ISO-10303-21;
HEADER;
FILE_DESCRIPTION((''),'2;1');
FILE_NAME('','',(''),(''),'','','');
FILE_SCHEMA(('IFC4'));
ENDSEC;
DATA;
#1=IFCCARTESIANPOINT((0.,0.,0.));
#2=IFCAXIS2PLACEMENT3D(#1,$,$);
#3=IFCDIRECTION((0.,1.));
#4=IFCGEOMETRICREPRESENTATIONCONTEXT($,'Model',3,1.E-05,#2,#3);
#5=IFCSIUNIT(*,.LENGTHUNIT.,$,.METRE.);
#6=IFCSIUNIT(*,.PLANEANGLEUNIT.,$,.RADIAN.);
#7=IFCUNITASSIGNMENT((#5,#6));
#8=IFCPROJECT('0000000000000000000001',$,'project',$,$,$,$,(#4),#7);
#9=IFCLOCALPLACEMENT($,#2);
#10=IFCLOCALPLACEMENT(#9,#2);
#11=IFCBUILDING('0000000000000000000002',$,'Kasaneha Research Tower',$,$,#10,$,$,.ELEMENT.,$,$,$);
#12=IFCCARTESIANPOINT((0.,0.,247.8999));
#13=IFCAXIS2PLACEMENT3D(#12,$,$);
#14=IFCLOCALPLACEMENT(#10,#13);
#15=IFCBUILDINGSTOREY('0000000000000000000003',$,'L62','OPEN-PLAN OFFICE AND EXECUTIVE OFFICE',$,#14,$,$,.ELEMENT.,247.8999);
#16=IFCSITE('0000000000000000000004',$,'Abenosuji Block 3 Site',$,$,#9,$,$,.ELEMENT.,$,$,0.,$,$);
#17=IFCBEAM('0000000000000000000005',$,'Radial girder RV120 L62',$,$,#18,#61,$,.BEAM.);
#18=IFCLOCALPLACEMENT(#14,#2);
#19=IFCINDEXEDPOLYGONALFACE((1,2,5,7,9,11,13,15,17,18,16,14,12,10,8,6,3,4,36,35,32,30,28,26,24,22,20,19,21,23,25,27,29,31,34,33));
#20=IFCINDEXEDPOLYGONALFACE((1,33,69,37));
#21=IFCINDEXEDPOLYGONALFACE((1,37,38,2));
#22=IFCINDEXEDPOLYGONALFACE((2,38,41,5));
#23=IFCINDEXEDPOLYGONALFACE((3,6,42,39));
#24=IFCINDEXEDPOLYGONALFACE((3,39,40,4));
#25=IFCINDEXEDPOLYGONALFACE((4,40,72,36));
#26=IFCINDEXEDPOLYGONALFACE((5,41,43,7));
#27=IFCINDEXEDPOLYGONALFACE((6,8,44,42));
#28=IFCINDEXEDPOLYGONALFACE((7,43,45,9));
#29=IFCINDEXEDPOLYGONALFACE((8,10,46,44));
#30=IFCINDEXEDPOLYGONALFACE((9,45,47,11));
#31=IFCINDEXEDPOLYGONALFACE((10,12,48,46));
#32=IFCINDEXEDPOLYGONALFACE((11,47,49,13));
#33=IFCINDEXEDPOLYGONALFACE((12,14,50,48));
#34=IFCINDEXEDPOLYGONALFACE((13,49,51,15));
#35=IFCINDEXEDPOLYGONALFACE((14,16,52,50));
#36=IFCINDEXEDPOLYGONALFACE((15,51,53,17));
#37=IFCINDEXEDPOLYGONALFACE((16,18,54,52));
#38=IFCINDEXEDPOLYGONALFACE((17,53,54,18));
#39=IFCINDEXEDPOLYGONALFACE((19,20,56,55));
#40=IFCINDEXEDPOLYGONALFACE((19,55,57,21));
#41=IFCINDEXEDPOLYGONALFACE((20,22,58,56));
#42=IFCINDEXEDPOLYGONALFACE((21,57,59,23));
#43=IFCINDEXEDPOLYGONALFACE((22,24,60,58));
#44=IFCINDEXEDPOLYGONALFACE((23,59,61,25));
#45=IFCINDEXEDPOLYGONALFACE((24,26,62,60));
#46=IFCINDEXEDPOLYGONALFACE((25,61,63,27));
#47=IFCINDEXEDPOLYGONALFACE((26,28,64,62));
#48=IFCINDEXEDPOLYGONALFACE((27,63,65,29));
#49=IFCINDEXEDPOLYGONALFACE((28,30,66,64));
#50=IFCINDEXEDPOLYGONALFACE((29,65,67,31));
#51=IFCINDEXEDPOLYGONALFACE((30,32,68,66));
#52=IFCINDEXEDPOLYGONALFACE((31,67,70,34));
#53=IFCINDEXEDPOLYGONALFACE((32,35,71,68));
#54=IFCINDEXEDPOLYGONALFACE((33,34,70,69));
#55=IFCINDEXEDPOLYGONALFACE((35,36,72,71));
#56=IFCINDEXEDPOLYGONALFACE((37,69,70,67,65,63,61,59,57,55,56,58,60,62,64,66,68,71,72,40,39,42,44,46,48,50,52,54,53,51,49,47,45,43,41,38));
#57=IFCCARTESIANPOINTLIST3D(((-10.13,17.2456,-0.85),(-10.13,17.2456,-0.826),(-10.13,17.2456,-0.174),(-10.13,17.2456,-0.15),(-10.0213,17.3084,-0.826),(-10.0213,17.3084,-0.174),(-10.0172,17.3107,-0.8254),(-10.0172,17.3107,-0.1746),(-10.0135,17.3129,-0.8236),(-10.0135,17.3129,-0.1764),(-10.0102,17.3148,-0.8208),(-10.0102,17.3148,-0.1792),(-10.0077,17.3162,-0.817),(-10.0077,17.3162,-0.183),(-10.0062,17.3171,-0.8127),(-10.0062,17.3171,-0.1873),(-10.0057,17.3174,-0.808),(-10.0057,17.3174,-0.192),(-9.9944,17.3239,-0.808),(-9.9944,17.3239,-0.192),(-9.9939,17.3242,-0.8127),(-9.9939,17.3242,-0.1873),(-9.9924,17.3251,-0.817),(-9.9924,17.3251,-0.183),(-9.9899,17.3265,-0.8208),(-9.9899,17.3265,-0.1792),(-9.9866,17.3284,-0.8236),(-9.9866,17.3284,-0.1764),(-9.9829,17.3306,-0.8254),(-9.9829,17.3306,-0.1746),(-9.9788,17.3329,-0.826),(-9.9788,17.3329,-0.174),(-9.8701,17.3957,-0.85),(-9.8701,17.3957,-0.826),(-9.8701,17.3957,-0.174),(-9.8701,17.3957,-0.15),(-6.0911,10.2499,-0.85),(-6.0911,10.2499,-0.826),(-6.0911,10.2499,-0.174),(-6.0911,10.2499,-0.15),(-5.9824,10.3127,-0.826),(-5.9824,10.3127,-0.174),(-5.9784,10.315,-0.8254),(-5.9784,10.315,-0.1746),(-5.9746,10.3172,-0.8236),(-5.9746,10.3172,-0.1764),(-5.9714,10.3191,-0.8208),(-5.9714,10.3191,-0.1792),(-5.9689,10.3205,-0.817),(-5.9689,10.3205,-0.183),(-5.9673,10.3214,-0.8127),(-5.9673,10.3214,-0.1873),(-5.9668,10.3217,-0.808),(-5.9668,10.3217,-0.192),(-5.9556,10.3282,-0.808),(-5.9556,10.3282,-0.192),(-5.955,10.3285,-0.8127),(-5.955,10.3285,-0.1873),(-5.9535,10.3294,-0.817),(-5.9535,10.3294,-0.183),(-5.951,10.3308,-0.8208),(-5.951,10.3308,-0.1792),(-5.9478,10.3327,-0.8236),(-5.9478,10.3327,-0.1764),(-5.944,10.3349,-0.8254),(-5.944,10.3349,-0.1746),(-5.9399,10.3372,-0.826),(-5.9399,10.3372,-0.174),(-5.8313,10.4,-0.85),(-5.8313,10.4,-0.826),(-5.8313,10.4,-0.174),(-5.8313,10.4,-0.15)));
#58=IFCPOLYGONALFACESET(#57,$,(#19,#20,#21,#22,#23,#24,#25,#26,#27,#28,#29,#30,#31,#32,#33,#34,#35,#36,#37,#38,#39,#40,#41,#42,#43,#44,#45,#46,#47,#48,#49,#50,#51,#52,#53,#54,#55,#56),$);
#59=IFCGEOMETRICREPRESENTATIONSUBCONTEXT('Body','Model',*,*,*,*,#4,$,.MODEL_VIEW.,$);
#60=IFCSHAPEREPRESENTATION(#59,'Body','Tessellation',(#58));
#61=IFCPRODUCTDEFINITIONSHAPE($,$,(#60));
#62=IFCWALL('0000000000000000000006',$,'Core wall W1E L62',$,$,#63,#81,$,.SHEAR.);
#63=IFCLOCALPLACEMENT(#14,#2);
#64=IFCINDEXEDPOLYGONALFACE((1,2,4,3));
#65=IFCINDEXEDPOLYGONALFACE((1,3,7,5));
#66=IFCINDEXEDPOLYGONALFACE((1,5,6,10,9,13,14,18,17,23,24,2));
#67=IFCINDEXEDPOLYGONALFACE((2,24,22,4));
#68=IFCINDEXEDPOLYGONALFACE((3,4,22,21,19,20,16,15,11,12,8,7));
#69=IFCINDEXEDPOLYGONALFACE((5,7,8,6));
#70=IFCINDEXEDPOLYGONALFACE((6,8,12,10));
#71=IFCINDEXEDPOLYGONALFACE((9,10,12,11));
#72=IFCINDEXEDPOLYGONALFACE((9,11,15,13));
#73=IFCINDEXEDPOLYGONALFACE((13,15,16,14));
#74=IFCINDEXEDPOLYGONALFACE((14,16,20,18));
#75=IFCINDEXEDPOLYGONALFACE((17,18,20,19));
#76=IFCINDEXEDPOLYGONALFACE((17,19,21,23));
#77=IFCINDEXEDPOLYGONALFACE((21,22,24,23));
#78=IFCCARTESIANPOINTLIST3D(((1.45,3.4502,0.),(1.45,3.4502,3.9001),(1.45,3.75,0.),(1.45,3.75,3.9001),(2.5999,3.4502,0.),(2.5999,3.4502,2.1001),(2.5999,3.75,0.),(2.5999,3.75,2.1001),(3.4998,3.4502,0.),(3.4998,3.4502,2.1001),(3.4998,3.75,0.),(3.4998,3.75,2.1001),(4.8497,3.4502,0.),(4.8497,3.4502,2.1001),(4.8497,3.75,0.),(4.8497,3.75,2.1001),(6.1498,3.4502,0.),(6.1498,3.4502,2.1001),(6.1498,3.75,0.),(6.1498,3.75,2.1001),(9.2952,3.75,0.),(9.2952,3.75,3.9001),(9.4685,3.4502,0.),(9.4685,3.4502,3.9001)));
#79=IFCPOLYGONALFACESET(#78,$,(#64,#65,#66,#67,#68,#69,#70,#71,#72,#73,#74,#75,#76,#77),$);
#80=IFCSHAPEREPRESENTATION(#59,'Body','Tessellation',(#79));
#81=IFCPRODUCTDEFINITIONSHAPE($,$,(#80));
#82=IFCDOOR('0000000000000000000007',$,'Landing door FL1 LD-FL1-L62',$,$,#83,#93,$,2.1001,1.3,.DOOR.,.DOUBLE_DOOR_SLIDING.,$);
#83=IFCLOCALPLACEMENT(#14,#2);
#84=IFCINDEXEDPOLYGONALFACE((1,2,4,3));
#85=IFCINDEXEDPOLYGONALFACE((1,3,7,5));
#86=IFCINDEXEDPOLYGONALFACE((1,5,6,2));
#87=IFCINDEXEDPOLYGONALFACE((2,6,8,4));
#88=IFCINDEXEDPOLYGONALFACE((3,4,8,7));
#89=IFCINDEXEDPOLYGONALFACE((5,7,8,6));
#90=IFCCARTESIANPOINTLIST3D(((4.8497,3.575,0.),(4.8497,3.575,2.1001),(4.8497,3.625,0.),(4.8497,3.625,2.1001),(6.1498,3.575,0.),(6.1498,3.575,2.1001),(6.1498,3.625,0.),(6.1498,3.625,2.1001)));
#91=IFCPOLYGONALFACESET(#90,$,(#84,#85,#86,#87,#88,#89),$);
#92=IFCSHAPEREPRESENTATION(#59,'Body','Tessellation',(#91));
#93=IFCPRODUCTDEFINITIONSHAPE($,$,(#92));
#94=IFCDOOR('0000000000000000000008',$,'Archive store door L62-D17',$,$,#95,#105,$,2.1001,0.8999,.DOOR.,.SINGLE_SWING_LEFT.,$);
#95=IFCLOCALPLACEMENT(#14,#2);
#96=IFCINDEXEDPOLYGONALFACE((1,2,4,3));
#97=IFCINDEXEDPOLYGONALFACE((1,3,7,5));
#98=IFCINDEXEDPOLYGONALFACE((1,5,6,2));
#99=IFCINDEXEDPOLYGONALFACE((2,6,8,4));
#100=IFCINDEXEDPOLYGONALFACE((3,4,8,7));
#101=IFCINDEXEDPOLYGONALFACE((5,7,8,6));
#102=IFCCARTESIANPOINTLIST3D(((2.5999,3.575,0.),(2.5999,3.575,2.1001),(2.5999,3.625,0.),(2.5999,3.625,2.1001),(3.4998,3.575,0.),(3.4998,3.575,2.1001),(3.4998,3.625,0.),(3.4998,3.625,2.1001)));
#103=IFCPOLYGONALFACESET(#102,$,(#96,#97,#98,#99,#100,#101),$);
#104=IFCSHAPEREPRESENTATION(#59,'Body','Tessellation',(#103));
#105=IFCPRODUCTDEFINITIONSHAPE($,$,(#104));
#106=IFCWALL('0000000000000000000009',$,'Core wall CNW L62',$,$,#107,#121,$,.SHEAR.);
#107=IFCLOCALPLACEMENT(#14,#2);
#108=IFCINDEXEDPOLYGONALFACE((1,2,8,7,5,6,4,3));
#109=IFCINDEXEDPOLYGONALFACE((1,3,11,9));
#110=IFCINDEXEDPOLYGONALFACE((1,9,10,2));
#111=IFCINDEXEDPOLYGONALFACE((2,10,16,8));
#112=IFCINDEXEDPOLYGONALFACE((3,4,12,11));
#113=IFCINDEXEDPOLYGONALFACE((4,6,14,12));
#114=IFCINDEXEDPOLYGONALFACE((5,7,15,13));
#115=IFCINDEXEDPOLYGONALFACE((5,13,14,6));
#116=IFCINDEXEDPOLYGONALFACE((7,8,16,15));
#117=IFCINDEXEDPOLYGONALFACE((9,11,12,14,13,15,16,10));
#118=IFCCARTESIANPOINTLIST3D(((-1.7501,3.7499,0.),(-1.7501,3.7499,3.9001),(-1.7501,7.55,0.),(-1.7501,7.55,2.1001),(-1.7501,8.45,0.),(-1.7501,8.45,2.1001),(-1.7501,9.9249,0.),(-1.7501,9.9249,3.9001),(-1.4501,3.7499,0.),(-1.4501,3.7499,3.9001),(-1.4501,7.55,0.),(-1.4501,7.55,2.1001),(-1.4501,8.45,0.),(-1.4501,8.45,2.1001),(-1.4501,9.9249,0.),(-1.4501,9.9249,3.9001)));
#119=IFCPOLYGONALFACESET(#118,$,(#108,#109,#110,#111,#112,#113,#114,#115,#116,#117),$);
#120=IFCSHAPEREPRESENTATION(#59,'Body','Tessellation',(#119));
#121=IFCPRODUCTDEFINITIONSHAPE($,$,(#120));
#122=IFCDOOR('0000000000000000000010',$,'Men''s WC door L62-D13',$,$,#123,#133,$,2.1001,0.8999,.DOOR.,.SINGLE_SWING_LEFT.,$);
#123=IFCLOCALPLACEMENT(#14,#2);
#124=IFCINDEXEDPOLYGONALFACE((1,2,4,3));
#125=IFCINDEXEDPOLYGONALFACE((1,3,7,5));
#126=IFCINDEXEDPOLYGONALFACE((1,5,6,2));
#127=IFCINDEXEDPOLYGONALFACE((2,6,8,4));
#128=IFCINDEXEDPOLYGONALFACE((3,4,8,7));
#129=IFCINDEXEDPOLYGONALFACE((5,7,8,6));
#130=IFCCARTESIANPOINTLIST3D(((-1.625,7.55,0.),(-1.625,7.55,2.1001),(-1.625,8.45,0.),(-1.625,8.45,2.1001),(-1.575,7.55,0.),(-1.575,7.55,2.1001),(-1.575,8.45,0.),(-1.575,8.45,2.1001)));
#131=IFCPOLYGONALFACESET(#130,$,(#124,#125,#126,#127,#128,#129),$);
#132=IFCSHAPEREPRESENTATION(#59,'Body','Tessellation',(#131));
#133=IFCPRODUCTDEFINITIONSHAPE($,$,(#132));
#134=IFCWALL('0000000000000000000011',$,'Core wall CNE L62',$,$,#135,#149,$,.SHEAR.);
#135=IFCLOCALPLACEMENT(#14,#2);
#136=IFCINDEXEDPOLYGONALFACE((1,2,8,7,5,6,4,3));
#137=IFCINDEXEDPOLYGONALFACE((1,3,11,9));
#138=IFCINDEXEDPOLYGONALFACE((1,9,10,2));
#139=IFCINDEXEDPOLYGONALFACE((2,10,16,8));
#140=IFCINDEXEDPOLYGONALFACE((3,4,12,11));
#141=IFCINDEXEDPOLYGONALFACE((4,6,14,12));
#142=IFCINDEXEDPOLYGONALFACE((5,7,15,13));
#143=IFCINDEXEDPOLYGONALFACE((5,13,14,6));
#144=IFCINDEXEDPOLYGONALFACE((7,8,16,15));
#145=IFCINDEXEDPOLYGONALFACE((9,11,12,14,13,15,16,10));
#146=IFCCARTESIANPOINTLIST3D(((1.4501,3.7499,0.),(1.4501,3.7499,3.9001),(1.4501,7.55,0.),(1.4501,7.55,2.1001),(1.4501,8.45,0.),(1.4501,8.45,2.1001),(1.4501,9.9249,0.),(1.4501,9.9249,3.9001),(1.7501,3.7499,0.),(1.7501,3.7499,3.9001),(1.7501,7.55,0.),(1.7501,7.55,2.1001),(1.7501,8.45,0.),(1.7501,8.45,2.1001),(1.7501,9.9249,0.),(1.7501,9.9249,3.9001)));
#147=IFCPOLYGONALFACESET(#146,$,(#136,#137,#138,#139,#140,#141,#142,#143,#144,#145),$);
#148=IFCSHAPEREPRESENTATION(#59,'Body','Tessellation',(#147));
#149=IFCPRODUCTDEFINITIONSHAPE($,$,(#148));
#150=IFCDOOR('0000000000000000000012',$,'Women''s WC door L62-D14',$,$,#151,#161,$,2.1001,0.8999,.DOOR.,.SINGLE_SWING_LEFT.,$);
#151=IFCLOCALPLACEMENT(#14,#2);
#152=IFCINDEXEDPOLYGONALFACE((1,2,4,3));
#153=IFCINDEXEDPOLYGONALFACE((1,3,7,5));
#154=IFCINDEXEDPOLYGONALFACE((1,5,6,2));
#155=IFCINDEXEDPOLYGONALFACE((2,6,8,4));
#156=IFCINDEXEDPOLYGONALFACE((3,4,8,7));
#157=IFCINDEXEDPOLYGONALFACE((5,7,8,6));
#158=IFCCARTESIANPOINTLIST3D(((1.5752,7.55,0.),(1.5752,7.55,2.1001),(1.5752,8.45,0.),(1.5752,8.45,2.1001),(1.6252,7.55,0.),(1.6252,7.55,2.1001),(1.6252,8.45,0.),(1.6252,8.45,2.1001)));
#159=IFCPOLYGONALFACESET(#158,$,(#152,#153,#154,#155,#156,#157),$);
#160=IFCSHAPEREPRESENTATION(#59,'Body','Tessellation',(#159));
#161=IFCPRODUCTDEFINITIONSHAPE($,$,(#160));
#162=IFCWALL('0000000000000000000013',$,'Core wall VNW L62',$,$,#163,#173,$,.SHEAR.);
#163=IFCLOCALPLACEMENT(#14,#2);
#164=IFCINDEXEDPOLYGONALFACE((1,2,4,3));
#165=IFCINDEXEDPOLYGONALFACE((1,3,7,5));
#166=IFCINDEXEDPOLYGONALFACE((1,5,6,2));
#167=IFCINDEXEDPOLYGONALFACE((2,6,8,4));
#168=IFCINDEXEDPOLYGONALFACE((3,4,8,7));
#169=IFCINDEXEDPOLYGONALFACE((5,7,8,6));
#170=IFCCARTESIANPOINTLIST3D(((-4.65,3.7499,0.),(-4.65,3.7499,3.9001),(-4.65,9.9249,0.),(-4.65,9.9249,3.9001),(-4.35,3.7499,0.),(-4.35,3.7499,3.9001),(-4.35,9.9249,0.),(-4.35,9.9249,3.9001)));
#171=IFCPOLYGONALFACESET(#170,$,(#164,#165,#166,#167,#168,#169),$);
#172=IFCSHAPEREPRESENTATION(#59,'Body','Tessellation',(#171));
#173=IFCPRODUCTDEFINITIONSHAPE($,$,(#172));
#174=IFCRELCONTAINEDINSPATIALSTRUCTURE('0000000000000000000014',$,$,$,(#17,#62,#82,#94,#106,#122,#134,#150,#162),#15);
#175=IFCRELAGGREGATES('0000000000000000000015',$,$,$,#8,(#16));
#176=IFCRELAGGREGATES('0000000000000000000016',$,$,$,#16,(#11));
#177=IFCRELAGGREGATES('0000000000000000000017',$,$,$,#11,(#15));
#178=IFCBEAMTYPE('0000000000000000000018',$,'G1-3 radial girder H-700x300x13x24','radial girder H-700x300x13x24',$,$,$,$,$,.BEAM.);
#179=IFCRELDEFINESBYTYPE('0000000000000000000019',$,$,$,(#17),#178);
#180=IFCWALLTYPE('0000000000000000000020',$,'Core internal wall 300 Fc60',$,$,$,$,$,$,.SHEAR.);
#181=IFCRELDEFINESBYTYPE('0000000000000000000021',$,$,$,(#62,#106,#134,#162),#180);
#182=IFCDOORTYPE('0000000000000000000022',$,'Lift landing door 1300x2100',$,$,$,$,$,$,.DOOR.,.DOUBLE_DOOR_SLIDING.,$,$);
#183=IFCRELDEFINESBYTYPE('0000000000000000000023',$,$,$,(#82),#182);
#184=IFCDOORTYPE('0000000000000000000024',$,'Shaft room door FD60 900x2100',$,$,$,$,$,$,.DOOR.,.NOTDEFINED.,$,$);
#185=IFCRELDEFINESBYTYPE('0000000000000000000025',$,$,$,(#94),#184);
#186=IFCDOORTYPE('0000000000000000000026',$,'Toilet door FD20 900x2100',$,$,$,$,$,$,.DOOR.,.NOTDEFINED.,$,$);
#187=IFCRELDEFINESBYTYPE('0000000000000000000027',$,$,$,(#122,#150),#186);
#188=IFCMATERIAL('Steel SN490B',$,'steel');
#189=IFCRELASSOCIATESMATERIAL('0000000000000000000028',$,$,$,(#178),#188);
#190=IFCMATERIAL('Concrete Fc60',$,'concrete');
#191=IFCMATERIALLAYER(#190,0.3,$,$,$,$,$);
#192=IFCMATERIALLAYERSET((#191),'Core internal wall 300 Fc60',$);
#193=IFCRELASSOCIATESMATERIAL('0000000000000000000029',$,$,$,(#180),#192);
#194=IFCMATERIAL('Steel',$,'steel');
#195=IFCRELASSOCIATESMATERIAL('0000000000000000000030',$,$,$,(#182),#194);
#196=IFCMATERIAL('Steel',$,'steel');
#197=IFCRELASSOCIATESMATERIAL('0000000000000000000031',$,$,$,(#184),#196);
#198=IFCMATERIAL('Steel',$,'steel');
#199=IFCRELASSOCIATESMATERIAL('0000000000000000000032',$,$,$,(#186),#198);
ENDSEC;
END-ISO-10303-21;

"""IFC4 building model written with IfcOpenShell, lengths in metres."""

from ifc_helpers import new_model, si_unit, direction, frame, frame_2d, origin, origin_2d, place, context, subcontext, project, spatial, polyline, rectangle, i_section, outline, extrude, material, layer, layer_set, material_profile, profile_set, type_object, element, fill, save


model = new_model("IFC4")

# Units and contexts
model_context = context("Model", 3, precision=1e-05, world=origin(), true_north=direction((0.0, 1.0)))
body_context = subcontext(model_context, "Body", "Model", "MODEL_VIEW")
ifc_project = project(units=[si_unit("LENGTHUNIT", "METRE"), si_unit("PLANEANGLEUNIT", "RADIAN")], contexts=[model_context])

# Site, building, storey
site_placement = place(None, origin())
site = spatial("IfcSite", under=ifc_project, at=site_placement, Name="Abenosuji Block 3 Site", CompositionType="ELEMENT", RefElevation=0.0)
building_placement = place(site_placement, origin())
building = spatial("IfcBuilding", under=site, at=building_placement, Name="Kasaneha Research Tower", CompositionType="ELEMENT")
storey_placement = place(building_placement, frame((0.0, 0.0, 247.8999)))
storey = spatial("IfcBuildingStorey", under=building, at=storey_placement, Name="L62", Description="OPEN-PLAN OFFICE AND EXECUTIVE OFFICE", CompositionType="ELEMENT", Elevation=247.8999)

# Beam
ifc_material_1 = material(Name="Steel SN490B", Category="steel")
ifc_material_profile = material_profile(ifc_material_1, i_section(OverallWidth=0.3, OverallDepth=0.7, WebThickness=0.0129, FlangeThickness=0.0239, FilletRadius=0.0181, at=origin_2d()), Name="H-700x300x13x24")
ifc_profile_set = profile_set([ifc_material_profile], Name="Steel SN490B")
beam_type = type_object("IfcBeamType", Name="G1-3 radial girder H-700x300x13x24", Description="radial girder H-700x300x13x24", PredefinedType="BEAM", material=ifc_profile_set)
beam_placement = place(storey_placement, frame((-5.9612, 10.325, -0.5), z_axis=(-0.499991, 0.866031, 0.0), x_axis=(-0.866031, -0.499991, 0.0)))
element("IfcBeam", 1, at=beam_placement, inside=storey, type_object=beam_type, Name="Radial girder RV120 L62", PredefinedType="BEAM", context=body_context, shape_type="SweptSolid", body=[
    extrude(i_section(OverallWidth=0.3, OverallDepth=0.7, WebThickness=0.0129, FlangeThickness=0.0239, FilletRadius=0.0181, at=origin_2d()), origin(), (0.0, 0.0, 1.0), 8.0779),
])

# Wall, openings, doors
ifc_material_2 = material(Name="Concrete Fc60", Category="concrete")
ifc_layer_1 = layer(ifc_material_2, 0.3)
ifc_layer_set_1 = layer_set([ifc_layer_1], Name="Core internal wall 300 Fc60")
wall_type_1 = type_object("IfcWallType", Name="Core internal wall 300 Fc60", PredefinedType="SHEAR", material=ifc_layer_set_1)
wall_1_placement = place(storey_placement, frame((1.45, 3.6001, 0.0), z_axis=(0.0, 0.0, 1.0), x_axis=(1.0, 0.0, 0.0)))
wall_1 = element("IfcWall", 2, at=wall_1_placement, inside=storey, type_object=wall_type_1, Name="Core wall W1E L62", PredefinedType="SHEAR", context=body_context, shape_type="SweptSolid", body=[
    extrude(outline(polyline([(0.0, -0.1499), (1.1499, -0.1499), (2.0498, -0.1499), (3.3999, -0.1499), (4.7, -0.1499), (8.0186, -0.1499), (7.8452, 0.1499), (4.7, 0.1499), (3.3999, 0.1499), (2.0498, 0.1499), (1.1499, 0.1499), (0.0, 0.1499), (0.0, -0.1499)])), origin(), (0.0, 0.0, 1.0), 3.9001),
])
opening_1_placement = place(wall_1_placement, frame((1.1499, 0.0, 0.0)))
opening_1 = element("IfcOpeningElement", 3, at=opening_1_placement, cuts=wall_1, PredefinedType="OPENING", context=body_context, shape_type="SweptSolid", body=[
    extrude(rectangle(XDim=0.8999, YDim=2.1001, at=frame_2d((0.45, 1.05))), frame((0.0, 0.1602, 0.0), z_axis=(0.0, -1.0, 0.0), x_axis=(1.0, 0.0, 0.0)), (0.0, 0.0, 1.0), 0.3201),
])
opening_2_placement = place(wall_1_placement, frame((3.3999, 0.0, 0.0)))
opening_2 = element("IfcOpeningElement", 4, at=opening_2_placement, cuts=wall_1, PredefinedType="OPENING", context=body_context, shape_type="SweptSolid", body=[
    extrude(rectangle(XDim=1.3, YDim=2.1001, at=frame_2d((0.6499, 1.05))), frame((0.0, 0.1602, 0.0), z_axis=(0.0, -1.0, 0.0), x_axis=(1.0, 0.0, 0.0)), (0.0, 0.0, 1.0), 0.3201),
])
ifc_material_3 = material(Name="Steel", Category="steel")
door_type_1 = type_object("IfcDoorType", Name="Lift landing door 1300x2100", OperationType="DOUBLE_DOOR_SLIDING", PredefinedType="DOOR", material=ifc_material_3)
door_1_placement = place(opening_2_placement, origin())
door_1 = element("IfcDoor", 5, at=door_1_placement, inside=storey, type_object=door_type_1, Name="Landing door FL1 LD-FL1-L62", OperationType="DOUBLE_DOOR_SLIDING", OverallHeight=2.1001, OverallWidth=1.3, PredefinedType="DOOR", context=body_context, shape_type="SweptSolid", body=[
    extrude(rectangle(XDim=1.3, YDim=2.1001, at=frame_2d((0.6499, 1.05))), frame((0.0, 0.0249, 0.0), z_axis=(0.0, -1.0, 0.0), x_axis=(1.0, 0.0, 0.0)), (0.0, 0.0, 1.0), 0.05),
])
fill(opening_2, door_1)
ifc_material_4 = material(Name="Steel", Category="steel")
door_type_2 = type_object("IfcDoorType", Name="Shaft room door FD60 900x2100", OperationType="NOTDEFINED", PredefinedType="DOOR", material=ifc_material_4)
door_2_placement = place(opening_1_placement, origin())
door_2 = element("IfcDoor", 6, at=door_2_placement, inside=storey, type_object=door_type_2, Name="Archive store door L62-D17", OperationType="SINGLE_SWING_LEFT", OverallHeight=2.1001, OverallWidth=0.8999, PredefinedType="DOOR", context=body_context, shape_type="SweptSolid", body=[
    extrude(rectangle(XDim=0.8999, YDim=2.1001, at=frame_2d((0.45, 1.05))), frame((0.0, 0.0249, 0.0), z_axis=(0.0, -1.0, 0.0), x_axis=(1.0, 0.0, 0.0)), (0.0, 0.0, 1.0), 0.05),
])
fill(opening_1, door_2)

# Walls, openings, doors
wall_2_placement = place(storey_placement, frame((-1.6001, 3.75, 0.0), z_axis=(0.0, 0.0, 1.0), x_axis=(0.0, 1.0, 0.0)))
wall_2 = element("IfcWall", 7, at=wall_2_placement, inside=storey, type_object=wall_type_1, Name="Core wall CNW L62", PredefinedType="SHEAR", context=body_context, shape_type="SweptSolid", body=[
    extrude(rectangle(XDim=6.175, YDim=0.3, at=frame_2d((3.0874, 0.0))), origin(), (0.0, 0.0, 1.0), 3.9001),
])
opening_3_placement = place(wall_2_placement, frame((3.8, 0.0, 0.0)))
opening_3 = element("IfcOpeningElement", 8, at=opening_3_placement, cuts=wall_2, PredefinedType="OPENING", context=body_context, shape_type="SweptSolid", body=[
    extrude(rectangle(XDim=0.8999, YDim=2.1001, at=frame_2d((0.45, 1.05))), frame((0.0, 0.1602, 0.0), z_axis=(0.0, -1.0, 0.0), x_axis=(1.0, 0.0, 0.0)), (0.0, 0.0, 1.0), 0.3201),
])
ifc_material_5 = material(Name="Steel", Category="steel")
door_type_3 = type_object("IfcDoorType", Name="Toilet door FD20 900x2100", OperationType="NOTDEFINED", PredefinedType="DOOR", material=ifc_material_5)
door_3_placement = place(opening_3_placement, origin())
door_3 = element("IfcDoor", 9, at=door_3_placement, inside=storey, type_object=door_type_3, Name="Men's WC door L62-D13", OperationType="SINGLE_SWING_LEFT", OverallHeight=2.1001, OverallWidth=0.8999, PredefinedType="DOOR", context=body_context, shape_type="SweptSolid", body=[
    extrude(rectangle(XDim=0.8999, YDim=2.1001, at=frame_2d((0.45, 1.05))), frame((0.0, 0.0249, 0.0), z_axis=(0.0, -1.0, 0.0), x_axis=(1.0, 0.0, 0.0)), (0.0, 0.0, 1.0), 0.05),
])
fill(opening_3, door_3)
wall_3_placement = place(storey_placement, frame((1.6001, 3.75, 0.0), z_axis=(0.0, 0.0, 1.0), x_axis=(0.0, 1.0, 0.0)))
wall_3 = element("IfcWall", 10, at=wall_3_placement, inside=storey, type_object=wall_type_1, Name="Core wall CNE L62", PredefinedType="SHEAR", context=body_context, shape_type="SweptSolid", body=[
    extrude(rectangle(XDim=6.175, YDim=0.3, at=frame_2d((3.0874, 0.0))), origin(), (0.0, 0.0, 1.0), 3.9001),
])
opening_4_placement = place(wall_3_placement, frame((3.8, 0.0, 0.0)))
opening_4 = element("IfcOpeningElement", 11, at=opening_4_placement, cuts=wall_3, PredefinedType="OPENING", context=body_context, shape_type="SweptSolid", body=[
    extrude(rectangle(XDim=0.8999, YDim=2.1001, at=frame_2d((0.45, 1.05))), frame((0.0, 0.1602, 0.0), z_axis=(0.0, -1.0, 0.0), x_axis=(1.0, 0.0, 0.0)), (0.0, 0.0, 1.0), 0.3201),
])
door_4_placement = place(opening_4_placement, origin())
door_4 = element("IfcDoor", 12, at=door_4_placement, inside=storey, type_object=door_type_3, Name="Women's WC door L62-D14", OperationType="SINGLE_SWING_LEFT", OverallHeight=2.1001, OverallWidth=0.8999, PredefinedType="DOOR", context=body_context, shape_type="SweptSolid", body=[
    extrude(rectangle(XDim=0.8999, YDim=2.1001, at=frame_2d((0.45, 1.05))), frame((0.0, 0.0249, 0.0), z_axis=(0.0, -1.0, 0.0), x_axis=(1.0, 0.0, 0.0)), (0.0, 0.0, 1.0), 0.05),
])
fill(opening_4, door_4)

# Wall
wall_4_placement = place(storey_placement, frame((-4.5, 3.75, 0.0), z_axis=(0.0, 0.0, 1.0), x_axis=(0.0, 1.0, 0.0)))
element("IfcWall", 13, at=wall_4_placement, inside=storey, type_object=wall_type_1, Name="Core wall VNW L62", PredefinedType="SHEAR", context=body_context, shape_type="SweptSolid", body=[
    extrude(rectangle(XDim=6.175, YDim=0.3, at=frame_2d((3.0874, 0.0))), origin(), (0.0, 0.0, 1.0), 3.9001),
])

save(model, "model.ifc")
